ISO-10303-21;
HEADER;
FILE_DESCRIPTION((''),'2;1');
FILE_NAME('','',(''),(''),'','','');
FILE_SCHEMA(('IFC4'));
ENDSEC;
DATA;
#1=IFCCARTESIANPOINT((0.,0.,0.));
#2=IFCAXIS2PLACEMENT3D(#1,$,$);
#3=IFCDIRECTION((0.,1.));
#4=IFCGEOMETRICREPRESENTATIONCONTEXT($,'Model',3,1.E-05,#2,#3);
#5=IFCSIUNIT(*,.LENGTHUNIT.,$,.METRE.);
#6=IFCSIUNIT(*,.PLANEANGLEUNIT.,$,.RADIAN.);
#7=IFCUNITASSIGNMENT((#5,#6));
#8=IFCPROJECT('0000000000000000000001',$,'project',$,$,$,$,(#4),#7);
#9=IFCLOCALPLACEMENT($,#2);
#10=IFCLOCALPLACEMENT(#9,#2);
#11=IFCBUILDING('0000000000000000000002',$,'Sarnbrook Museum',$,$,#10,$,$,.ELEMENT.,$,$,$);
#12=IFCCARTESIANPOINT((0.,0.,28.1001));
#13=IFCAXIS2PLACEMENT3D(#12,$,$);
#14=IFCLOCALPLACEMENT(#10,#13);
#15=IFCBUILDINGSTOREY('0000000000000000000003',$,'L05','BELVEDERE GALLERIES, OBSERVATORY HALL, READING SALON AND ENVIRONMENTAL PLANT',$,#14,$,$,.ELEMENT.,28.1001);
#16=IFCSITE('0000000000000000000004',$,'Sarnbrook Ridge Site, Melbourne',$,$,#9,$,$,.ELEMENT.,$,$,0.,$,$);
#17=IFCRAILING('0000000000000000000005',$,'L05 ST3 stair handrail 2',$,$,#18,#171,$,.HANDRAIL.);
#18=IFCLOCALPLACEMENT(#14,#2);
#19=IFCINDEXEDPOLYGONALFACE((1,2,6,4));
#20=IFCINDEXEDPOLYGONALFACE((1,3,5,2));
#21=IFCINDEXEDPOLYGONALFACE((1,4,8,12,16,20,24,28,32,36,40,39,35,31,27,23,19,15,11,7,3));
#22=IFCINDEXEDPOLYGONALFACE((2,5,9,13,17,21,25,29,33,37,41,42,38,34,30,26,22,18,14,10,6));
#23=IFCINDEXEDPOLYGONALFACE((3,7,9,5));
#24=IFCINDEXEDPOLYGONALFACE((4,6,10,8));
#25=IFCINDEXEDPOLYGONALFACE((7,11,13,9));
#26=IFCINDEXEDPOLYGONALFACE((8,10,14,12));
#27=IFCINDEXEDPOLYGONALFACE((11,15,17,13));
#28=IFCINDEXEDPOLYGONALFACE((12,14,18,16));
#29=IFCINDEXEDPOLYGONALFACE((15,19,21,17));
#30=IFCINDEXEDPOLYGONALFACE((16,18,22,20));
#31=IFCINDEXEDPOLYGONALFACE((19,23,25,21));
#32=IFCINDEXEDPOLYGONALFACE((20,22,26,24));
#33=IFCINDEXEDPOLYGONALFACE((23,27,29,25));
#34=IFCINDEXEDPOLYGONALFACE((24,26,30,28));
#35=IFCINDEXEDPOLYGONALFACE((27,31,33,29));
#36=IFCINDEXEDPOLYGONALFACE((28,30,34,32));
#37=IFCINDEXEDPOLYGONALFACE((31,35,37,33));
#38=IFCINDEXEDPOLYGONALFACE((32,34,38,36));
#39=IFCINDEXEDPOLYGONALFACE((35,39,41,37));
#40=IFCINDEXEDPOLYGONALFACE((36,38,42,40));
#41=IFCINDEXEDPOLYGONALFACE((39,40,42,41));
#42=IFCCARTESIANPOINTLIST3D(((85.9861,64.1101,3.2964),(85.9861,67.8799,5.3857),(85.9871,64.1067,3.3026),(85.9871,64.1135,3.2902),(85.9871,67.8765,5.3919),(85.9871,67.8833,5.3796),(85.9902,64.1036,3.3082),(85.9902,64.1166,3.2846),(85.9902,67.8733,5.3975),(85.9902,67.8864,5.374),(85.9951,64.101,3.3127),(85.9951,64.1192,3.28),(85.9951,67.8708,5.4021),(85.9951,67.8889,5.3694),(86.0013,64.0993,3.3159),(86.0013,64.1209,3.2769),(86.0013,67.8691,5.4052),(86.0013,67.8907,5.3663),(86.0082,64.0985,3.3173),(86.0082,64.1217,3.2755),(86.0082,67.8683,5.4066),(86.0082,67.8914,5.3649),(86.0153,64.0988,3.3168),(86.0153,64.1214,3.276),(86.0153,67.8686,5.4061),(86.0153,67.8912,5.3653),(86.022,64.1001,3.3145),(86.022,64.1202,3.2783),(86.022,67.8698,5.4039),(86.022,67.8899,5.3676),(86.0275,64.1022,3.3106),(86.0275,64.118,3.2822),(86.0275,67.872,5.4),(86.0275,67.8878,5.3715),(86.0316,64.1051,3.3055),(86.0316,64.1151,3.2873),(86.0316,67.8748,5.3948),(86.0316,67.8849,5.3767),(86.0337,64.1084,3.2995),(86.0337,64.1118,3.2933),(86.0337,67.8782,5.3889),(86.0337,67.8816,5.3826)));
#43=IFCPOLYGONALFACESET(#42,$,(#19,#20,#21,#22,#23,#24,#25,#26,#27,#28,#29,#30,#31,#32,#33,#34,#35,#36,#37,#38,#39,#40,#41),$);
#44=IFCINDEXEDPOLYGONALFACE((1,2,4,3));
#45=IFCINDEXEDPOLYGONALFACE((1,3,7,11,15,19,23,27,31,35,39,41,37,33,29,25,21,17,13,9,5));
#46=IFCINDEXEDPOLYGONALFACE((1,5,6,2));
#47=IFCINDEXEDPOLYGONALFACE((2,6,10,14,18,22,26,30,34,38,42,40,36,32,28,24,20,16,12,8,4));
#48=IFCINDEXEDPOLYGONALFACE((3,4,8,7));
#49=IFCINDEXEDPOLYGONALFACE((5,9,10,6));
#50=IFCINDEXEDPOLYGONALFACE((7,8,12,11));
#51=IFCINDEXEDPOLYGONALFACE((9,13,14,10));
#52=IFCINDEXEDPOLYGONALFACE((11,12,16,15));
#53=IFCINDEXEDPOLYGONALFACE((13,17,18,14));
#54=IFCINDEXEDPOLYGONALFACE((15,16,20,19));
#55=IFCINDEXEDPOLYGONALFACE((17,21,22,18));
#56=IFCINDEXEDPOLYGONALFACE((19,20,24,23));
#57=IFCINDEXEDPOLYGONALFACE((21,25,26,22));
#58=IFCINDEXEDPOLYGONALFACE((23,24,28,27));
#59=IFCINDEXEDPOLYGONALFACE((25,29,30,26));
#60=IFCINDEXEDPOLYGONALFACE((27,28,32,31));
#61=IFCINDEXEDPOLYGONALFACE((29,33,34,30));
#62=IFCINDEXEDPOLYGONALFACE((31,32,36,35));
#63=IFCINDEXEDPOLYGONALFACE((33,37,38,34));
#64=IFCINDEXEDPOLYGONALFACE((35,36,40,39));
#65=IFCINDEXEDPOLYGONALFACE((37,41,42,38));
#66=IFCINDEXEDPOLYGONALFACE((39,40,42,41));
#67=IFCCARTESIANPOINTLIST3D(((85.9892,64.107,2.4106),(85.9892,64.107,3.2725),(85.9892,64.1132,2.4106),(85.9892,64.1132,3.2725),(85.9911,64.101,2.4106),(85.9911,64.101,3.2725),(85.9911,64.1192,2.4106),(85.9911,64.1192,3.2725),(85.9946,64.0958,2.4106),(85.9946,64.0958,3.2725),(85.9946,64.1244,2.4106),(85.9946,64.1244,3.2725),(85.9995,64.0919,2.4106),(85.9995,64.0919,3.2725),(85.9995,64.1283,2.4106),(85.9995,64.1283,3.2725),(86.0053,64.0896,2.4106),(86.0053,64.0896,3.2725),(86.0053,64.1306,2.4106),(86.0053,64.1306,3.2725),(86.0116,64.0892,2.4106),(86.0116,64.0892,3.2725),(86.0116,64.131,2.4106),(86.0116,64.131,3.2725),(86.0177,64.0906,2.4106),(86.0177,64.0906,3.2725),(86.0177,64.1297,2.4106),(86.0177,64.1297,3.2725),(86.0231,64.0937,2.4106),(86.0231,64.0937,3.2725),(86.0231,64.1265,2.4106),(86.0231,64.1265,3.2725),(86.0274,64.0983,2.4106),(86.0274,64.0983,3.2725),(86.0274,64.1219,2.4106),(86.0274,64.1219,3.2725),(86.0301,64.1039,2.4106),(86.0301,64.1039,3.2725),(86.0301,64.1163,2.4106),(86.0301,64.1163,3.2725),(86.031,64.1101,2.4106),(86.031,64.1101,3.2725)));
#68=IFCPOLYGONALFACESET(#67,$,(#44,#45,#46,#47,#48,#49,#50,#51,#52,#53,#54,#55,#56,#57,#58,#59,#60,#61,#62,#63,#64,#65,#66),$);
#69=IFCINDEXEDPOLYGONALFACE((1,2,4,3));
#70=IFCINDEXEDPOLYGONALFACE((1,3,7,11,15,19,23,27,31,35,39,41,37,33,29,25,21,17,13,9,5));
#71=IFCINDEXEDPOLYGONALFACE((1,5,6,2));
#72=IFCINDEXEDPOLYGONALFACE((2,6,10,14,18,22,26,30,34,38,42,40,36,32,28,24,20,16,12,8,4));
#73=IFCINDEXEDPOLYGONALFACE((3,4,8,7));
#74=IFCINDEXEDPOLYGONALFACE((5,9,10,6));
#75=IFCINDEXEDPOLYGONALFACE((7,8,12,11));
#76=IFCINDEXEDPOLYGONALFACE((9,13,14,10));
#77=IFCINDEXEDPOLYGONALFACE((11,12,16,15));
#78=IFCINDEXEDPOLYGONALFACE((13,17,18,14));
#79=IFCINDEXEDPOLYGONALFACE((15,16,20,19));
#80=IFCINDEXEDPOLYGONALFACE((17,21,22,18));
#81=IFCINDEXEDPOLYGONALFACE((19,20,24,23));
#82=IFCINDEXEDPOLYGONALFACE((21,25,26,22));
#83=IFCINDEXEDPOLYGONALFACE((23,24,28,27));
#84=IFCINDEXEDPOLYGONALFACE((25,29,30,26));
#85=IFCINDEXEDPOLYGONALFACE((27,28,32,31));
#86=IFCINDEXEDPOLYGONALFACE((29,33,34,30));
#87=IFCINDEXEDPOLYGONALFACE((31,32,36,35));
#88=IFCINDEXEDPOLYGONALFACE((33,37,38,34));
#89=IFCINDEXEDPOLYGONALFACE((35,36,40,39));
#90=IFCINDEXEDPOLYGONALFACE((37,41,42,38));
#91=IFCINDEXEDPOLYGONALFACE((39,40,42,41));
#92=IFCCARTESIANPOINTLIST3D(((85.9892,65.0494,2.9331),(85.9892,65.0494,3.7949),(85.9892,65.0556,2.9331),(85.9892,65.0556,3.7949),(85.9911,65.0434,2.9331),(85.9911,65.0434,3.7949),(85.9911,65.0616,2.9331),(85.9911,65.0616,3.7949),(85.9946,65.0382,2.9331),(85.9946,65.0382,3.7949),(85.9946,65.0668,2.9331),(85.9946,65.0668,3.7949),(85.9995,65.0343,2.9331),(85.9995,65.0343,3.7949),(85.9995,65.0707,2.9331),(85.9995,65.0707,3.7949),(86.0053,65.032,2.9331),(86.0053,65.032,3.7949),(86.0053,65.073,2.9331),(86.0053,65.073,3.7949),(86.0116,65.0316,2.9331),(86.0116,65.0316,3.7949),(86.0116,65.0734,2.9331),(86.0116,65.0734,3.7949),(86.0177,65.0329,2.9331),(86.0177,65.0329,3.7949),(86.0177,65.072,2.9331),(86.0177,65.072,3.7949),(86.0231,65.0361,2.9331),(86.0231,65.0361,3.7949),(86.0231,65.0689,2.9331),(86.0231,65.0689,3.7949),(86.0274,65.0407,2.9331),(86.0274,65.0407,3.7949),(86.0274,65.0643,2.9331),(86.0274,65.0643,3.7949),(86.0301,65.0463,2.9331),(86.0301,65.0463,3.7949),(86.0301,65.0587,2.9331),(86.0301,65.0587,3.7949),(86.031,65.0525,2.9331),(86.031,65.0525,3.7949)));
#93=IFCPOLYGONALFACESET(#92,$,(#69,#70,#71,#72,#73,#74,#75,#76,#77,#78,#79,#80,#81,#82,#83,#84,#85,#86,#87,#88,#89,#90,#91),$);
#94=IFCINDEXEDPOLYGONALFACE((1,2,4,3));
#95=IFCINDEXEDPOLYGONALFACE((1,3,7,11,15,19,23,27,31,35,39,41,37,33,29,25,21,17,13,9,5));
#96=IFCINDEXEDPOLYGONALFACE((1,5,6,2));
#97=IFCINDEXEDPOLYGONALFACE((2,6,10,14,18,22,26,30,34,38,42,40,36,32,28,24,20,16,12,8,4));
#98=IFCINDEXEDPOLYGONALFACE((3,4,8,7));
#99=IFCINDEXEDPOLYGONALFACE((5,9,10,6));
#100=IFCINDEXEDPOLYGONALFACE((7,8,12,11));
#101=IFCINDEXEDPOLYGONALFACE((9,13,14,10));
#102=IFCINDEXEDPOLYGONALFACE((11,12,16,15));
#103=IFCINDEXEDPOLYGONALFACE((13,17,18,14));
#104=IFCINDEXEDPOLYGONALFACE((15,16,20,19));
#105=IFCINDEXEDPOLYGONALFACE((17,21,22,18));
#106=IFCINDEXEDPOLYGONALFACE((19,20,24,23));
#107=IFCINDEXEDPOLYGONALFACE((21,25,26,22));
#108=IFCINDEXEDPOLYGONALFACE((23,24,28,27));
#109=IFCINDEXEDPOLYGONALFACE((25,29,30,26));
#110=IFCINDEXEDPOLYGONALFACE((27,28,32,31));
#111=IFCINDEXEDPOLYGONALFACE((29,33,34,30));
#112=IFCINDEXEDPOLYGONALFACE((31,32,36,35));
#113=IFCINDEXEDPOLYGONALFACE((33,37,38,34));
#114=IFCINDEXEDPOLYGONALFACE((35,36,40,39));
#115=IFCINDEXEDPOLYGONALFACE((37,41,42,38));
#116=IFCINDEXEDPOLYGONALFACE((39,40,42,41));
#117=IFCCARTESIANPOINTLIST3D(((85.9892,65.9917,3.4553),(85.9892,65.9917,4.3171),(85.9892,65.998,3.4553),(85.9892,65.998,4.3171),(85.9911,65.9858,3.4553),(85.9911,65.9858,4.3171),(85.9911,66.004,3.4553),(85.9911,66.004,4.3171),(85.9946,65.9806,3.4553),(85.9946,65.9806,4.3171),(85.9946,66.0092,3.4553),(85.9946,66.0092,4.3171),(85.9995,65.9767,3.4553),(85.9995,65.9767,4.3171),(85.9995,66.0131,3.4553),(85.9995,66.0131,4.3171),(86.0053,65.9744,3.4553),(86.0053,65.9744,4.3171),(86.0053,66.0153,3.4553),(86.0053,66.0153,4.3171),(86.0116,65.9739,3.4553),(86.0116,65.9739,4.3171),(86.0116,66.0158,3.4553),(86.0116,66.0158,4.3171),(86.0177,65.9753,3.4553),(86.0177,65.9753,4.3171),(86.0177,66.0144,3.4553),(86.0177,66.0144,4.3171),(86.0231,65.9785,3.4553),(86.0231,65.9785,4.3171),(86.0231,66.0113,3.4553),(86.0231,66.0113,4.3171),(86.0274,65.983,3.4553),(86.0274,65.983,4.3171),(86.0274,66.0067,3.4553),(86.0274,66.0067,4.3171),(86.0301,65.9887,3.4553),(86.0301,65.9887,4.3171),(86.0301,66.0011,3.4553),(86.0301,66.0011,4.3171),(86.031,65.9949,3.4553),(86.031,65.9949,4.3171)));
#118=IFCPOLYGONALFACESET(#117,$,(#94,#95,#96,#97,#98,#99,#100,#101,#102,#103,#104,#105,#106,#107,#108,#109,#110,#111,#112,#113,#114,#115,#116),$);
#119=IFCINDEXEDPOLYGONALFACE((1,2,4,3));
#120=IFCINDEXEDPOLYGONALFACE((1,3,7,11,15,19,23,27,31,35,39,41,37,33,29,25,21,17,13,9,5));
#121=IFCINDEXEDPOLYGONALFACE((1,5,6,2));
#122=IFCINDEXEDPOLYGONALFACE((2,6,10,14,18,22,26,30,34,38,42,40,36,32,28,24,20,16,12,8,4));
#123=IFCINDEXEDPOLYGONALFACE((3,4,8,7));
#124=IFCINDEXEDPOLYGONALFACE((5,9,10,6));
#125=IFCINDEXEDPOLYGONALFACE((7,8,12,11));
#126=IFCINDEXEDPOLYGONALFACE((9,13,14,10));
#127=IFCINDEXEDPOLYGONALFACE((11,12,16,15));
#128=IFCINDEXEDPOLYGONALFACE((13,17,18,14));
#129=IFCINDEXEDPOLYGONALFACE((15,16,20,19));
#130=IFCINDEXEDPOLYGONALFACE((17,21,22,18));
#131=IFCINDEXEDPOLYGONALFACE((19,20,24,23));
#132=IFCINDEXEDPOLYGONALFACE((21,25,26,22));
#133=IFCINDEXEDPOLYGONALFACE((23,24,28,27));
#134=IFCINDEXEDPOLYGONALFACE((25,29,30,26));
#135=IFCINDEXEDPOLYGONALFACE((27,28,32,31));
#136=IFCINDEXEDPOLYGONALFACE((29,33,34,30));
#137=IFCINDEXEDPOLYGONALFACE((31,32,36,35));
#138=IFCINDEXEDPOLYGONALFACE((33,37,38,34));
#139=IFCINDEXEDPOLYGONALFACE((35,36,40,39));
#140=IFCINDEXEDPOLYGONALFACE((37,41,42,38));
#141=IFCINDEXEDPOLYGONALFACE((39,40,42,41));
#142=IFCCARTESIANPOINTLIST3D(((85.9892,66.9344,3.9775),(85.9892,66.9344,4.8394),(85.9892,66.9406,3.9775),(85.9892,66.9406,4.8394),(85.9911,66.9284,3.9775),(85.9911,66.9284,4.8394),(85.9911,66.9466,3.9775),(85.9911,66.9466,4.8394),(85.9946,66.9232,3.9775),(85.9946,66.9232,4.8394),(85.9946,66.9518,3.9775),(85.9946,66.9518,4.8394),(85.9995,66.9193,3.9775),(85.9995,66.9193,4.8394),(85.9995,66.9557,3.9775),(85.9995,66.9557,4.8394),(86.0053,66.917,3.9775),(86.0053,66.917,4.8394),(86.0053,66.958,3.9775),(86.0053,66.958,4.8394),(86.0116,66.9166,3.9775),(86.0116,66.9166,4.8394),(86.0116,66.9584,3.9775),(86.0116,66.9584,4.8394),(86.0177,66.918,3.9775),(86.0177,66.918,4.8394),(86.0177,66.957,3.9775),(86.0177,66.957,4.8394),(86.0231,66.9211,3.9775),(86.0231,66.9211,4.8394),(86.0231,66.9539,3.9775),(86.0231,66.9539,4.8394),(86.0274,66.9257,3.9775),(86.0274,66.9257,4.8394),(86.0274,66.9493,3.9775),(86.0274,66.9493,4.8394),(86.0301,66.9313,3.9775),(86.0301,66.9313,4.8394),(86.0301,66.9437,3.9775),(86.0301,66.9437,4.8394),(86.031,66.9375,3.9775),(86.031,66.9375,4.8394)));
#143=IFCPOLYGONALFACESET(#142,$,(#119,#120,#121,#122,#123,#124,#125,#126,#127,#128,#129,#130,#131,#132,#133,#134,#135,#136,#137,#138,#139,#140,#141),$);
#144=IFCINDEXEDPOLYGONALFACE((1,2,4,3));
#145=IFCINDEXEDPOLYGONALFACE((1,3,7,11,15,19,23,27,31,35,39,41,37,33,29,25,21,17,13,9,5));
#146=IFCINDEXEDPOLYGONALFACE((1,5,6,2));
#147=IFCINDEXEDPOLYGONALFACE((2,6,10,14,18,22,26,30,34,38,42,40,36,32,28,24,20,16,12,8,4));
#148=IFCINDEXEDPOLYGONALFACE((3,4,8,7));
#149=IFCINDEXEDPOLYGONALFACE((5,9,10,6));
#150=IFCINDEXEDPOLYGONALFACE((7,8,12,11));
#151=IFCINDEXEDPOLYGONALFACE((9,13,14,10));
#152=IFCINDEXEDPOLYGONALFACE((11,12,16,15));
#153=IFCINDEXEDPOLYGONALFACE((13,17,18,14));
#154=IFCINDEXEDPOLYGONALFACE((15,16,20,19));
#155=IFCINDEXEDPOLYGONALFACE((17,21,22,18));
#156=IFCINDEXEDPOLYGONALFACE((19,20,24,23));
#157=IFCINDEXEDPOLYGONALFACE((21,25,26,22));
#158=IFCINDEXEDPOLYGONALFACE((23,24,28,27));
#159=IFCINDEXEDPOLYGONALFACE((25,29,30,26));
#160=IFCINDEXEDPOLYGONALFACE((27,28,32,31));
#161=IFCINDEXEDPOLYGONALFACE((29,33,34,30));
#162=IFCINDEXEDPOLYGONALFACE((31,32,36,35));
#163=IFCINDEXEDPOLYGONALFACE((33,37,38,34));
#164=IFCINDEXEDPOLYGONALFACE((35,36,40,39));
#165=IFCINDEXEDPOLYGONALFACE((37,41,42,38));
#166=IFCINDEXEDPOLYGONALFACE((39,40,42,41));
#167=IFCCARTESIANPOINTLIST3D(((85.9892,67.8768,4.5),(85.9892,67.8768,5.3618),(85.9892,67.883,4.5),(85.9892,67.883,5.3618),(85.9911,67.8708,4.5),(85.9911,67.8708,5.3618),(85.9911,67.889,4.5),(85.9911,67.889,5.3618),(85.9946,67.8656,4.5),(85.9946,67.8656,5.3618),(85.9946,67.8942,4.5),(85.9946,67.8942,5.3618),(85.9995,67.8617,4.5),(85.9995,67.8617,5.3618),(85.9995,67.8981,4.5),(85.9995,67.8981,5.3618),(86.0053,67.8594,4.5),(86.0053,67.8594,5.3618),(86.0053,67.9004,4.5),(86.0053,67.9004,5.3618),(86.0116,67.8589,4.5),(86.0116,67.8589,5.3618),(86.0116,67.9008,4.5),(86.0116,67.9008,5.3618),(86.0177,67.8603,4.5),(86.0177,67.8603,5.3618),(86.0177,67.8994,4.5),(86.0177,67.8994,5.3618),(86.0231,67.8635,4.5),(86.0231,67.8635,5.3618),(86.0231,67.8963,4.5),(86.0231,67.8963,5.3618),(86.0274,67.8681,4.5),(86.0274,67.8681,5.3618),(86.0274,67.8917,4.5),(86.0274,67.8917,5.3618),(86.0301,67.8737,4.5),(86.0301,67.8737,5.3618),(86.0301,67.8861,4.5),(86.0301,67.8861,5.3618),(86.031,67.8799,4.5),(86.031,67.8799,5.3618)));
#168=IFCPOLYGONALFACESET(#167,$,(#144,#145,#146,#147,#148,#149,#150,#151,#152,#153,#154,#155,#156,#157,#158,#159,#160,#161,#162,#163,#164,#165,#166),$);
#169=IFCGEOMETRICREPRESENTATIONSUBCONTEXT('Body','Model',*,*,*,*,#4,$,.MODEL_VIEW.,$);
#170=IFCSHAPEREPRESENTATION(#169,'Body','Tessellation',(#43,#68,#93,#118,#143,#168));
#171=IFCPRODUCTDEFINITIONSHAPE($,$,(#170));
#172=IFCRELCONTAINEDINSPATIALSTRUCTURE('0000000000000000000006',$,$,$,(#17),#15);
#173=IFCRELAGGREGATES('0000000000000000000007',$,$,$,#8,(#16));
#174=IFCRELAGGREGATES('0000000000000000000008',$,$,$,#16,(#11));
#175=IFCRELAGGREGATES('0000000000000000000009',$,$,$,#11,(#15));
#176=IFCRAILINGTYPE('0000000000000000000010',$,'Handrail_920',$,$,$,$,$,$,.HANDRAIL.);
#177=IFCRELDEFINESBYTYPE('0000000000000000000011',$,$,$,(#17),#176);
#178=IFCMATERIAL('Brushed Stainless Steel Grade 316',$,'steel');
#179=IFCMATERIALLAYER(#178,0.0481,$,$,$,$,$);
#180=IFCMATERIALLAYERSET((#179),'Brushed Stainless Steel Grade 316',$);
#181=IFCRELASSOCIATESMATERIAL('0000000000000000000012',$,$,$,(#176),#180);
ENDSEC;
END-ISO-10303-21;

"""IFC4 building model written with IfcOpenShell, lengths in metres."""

from ifc_helpers import new_model, si_unit, direction, frame, origin, origin_2d, place, context, subcontext, project, spatial, circle, extrude, material, layer, layer_set, type_object, element, save


model = new_model("IFC4")

# Units and contexts
model_context = context("Model", 3, precision=1e-05, world=origin(), true_north=direction((0.0, 1.0)))
body_context = subcontext(model_context, "Body", "Model", "MODEL_VIEW")
ifc_project = project(units=[si_unit("LENGTHUNIT", "METRE"), si_unit("PLANEANGLEUNIT", "RADIAN")], contexts=[model_context])

# Site, building, storey
site_placement = place(None, origin())
site = spatial("IfcSite", under=ifc_project, at=site_placement, Name="Sarnbrook Ridge Site, Melbourne", CompositionType="ELEMENT", RefElevation=0.0)
building_placement = place(site_placement, origin())
building = spatial("IfcBuilding", under=site, at=building_placement, Name="Sarnbrook Museum", CompositionType="ELEMENT")
storey_placement = place(building_placement, frame((0.0, 0.0, 28.1001)))
storey = spatial("IfcBuildingStorey", under=building, at=storey_placement, Name="L05", Description="BELVEDERE GALLERIES, OBSERVATORY HALL, READING SALON AND ENVIRONMENTAL PLANT", CompositionType="ELEMENT", Elevation=28.1001)

# Railing
ifc_material_1 = material(Name="Brushed Stainless Steel Grade 316", Category="steel")
ifc_layer_1 = layer(ifc_material_1, 0.0481)
ifc_layer_set_1 = layer_set([ifc_layer_1], Name="Brushed Stainless Steel Grade 316")
railing_type_1 = type_object("IfcRailingType", Name="Handrail_920", PredefinedType="HANDRAIL", material=ifc_layer_set_1)
railing_1_placement = place(storey_placement, frame((86.01, 64.1101, 2.4106)))
element("IfcRailing", 1, at=railing_1_placement, inside=storey, type_object=railing_type_1, Name="L05 ST3 stair handrail 2", PredefinedType="HANDRAIL", context=body_context, shape_type="SweptSolid", body=[
    extrude(circle(Radius=0.0239, at=origin_2d()), frame((0.0, 0.0, 0.8857), z_axis=(0.0, 0.874646, 0.484763), x_axis=(-1.0, 0.0, 0.0)), (0.0, 0.0, 1.0), 4.3101),
    extrude(circle(Radius=0.021, at=origin_2d()), origin(), (0.0, 0.0, 1.0), 0.8618),
    extrude(circle(Radius=0.021, at=origin_2d()), frame((0.0, 0.9424, 0.5225)), (0.0, 0.0, 1.0), 0.8618),
    extrude(circle(Radius=0.021, at=origin_2d()), frame((0.0, 1.8848, 1.0447)), (0.0, 0.0, 1.0), 0.8618),
    extrude(circle(Radius=0.021, at=origin_2d()), frame((0.0, 2.8274, 1.5669)), (0.0, 0.0, 1.0), 0.8618),
    extrude(circle(Radius=0.021, at=origin_2d()), frame((0.0, 3.7698, 2.0894)), (0.0, 0.0, 1.0), 0.8618),
])

save(model, "model.ifc")
